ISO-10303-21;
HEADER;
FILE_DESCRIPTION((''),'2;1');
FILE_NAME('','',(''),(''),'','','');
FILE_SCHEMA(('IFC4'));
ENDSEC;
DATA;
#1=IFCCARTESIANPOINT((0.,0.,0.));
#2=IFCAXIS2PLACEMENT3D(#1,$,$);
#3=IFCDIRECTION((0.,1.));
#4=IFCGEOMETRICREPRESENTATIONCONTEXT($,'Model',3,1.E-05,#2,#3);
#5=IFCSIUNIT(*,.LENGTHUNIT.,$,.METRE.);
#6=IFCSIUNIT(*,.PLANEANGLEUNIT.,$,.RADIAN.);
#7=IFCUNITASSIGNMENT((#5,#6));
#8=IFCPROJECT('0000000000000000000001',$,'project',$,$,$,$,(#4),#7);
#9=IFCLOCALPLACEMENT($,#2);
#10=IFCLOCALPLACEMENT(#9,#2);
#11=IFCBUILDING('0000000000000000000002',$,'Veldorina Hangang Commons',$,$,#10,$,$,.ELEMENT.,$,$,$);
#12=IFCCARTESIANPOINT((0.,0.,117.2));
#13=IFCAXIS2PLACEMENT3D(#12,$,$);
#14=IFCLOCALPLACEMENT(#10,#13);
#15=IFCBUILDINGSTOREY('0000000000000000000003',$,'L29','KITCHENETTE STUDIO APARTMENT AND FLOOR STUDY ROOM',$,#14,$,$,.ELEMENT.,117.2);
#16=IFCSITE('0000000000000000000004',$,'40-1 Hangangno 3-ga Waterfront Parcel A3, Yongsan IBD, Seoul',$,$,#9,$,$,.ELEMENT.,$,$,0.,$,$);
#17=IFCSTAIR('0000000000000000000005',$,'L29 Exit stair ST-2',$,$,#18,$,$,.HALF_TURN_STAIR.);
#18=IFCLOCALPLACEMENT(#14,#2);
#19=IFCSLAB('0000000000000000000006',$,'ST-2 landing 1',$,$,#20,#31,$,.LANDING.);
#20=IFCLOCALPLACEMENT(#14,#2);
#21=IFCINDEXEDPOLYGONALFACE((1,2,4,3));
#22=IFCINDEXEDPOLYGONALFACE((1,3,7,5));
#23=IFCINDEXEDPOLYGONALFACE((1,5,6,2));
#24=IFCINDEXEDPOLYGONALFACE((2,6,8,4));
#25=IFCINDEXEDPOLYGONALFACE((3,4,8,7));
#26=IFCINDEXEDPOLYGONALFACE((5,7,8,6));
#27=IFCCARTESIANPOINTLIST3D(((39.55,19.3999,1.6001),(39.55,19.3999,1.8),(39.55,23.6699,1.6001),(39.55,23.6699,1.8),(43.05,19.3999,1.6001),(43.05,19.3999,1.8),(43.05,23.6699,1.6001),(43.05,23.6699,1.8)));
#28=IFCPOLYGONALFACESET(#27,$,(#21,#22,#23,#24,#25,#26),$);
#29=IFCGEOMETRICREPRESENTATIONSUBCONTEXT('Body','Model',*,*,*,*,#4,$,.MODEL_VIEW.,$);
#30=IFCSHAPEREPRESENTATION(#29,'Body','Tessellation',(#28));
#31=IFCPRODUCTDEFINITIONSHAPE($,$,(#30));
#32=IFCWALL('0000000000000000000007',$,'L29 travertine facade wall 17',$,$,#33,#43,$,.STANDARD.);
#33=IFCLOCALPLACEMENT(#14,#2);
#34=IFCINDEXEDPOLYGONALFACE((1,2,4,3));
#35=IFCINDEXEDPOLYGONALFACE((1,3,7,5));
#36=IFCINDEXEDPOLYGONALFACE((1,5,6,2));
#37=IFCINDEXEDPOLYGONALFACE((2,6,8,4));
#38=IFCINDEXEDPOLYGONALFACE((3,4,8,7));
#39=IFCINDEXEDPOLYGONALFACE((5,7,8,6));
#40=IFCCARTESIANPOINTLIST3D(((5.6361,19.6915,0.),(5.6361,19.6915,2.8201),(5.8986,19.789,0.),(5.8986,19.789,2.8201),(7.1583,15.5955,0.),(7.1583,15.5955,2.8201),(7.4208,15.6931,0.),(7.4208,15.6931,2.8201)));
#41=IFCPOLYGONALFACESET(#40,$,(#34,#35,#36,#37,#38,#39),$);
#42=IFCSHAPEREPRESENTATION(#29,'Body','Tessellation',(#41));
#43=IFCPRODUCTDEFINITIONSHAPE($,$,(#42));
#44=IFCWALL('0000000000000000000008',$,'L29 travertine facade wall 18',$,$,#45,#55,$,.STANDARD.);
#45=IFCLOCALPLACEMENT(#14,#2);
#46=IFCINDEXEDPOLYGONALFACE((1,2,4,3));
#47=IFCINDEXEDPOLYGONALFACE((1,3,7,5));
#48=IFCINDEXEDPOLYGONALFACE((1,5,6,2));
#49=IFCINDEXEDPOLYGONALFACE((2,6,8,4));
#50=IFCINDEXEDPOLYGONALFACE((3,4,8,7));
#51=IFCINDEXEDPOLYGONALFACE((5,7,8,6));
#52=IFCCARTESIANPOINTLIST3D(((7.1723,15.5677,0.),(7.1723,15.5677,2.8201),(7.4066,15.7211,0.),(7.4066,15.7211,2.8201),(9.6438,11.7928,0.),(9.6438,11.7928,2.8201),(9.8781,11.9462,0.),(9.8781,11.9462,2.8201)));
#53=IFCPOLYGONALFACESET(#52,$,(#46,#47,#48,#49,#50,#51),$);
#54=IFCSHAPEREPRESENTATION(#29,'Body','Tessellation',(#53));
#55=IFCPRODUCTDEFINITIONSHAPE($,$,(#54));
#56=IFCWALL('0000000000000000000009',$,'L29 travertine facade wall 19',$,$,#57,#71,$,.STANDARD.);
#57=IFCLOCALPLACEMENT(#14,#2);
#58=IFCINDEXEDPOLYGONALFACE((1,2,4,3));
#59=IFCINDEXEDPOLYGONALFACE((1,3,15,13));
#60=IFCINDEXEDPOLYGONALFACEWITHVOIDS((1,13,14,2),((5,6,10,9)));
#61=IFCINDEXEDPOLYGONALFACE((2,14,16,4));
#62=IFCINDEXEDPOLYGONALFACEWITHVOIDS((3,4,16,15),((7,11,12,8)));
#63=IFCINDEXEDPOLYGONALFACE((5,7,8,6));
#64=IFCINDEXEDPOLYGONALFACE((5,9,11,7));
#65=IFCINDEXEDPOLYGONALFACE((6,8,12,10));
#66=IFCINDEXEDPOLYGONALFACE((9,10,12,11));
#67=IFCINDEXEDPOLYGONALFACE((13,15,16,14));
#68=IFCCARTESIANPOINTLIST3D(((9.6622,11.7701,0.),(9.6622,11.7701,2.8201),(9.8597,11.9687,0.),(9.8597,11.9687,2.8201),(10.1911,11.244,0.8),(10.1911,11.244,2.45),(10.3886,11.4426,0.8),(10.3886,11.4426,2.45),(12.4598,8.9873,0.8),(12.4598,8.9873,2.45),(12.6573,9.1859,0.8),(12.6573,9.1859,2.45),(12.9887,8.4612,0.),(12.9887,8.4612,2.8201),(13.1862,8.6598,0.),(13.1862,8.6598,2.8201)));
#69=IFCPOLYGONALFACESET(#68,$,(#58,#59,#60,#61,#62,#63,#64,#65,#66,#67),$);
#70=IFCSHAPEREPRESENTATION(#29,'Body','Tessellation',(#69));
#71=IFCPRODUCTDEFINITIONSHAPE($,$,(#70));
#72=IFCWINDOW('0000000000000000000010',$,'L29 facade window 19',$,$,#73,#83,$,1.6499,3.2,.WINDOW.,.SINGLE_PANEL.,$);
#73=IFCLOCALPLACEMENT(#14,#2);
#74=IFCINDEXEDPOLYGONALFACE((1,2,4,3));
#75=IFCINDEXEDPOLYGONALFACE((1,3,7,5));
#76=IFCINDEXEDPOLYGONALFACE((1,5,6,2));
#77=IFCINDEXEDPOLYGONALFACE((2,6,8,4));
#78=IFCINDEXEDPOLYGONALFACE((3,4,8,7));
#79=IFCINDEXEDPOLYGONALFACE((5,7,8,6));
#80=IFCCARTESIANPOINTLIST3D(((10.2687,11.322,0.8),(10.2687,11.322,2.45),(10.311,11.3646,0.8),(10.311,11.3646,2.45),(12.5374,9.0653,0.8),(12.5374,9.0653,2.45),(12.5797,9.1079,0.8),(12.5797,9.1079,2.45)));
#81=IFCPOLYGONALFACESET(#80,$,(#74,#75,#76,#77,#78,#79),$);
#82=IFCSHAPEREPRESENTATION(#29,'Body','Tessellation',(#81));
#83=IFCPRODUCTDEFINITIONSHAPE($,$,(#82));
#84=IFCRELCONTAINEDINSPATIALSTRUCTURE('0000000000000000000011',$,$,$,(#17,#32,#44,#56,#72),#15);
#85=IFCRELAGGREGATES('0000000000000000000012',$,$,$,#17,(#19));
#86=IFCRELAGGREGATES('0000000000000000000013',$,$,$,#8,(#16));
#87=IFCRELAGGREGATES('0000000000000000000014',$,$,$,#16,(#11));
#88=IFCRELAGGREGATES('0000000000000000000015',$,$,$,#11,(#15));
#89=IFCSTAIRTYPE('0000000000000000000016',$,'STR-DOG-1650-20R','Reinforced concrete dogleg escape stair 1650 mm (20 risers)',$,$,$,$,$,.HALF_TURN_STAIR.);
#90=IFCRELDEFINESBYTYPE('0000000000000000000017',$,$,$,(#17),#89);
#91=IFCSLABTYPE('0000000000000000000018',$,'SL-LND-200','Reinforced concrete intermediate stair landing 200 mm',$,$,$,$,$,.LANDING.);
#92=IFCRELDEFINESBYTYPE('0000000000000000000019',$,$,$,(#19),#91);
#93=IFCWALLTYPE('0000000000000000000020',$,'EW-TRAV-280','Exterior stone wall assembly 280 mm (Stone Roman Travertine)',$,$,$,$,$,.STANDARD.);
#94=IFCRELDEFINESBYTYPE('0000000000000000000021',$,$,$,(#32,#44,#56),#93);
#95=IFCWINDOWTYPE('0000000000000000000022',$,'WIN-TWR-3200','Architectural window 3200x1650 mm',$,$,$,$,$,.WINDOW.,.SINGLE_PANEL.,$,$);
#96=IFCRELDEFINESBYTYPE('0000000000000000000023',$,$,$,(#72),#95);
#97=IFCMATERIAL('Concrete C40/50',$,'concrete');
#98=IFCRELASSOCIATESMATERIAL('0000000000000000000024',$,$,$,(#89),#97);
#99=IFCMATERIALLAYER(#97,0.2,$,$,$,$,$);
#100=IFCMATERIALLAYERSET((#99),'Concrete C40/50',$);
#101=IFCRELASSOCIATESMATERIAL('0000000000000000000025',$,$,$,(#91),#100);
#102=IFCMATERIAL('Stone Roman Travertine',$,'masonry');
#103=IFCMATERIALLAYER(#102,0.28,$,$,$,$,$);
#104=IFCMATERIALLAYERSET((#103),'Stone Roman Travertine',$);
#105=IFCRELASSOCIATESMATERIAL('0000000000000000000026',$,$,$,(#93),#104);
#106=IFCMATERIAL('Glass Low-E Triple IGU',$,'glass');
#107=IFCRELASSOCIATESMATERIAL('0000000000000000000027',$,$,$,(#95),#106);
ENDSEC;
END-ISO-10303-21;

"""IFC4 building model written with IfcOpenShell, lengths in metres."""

from ifc_helpers import new_model, si_unit, direction, frame, frame_2d, origin, place, context, subcontext, project, spatial, polyline, rectangle, outline, extrude, material, layer, layer_set, type_object, element, fill, aggregate, save


model = new_model("IFC4")

# Units and contexts
model_context = context("Model", 3, precision=1e-05, world=origin(), true_north=direction((0.0, 1.0)))
body_context = subcontext(model_context, "Body", "Model", "MODEL_VIEW")
ifc_project = project(units=[si_unit("LENGTHUNIT", "METRE"), si_unit("PLANEANGLEUNIT", "RADIAN")], contexts=[model_context])

# Site, building, storey
site_placement = place(None, origin())
site = spatial("IfcSite", under=ifc_project, at=site_placement, Name="40-1 Hangangno 3-ga Waterfront Parcel A3, Yongsan IBD, Seoul", CompositionType="ELEMENT", RefElevation=0.0)
building_placement = place(site_placement, origin())
building = spatial("IfcBuilding", under=site, at=building_placement, Name="Veldorina Hangang Commons", CompositionType="ELEMENT")
storey_placement = place(building_placement, frame((0.0, 0.0, 117.2)))
storey = spatial("IfcBuildingStorey", under=building, at=storey_placement, Name="L29", Description="KITCHENETTE STUDIO APARTMENT AND FLOOR STUDY ROOM", CompositionType="ELEMENT", Elevation=117.2)

# Shared definitions
ifc_material_1 = material(Name="Concrete C40/50", Category="concrete")

# Stair, slab
stair_type = type_object("IfcStairType", Name="STR-DOG-1650-20R", Description="Reinforced concrete dogleg escape stair 1650 mm (20 risers)", PredefinedType="HALF_TURN_STAIR", material=ifc_material_1)
ifc_layer_1 = layer(ifc_material_1, 0.2)
ifc_layer_set_1 = layer_set([ifc_layer_1], Name="Concrete C40/50")
slab_type_1 = type_object("IfcSlabType", Name="SL-LND-200", Description="Reinforced concrete intermediate stair landing 200 mm", PredefinedType="LANDING", material=ifc_layer_set_1)
stair_1_placement = place(storey_placement, origin())
stair_1 = element("IfcStair", 1, at=stair_1_placement, inside=storey, type_object=stair_type, Name="L29 Exit stair ST-2", PredefinedType="HALF_TURN_STAIR")
slab_1_placement = place(storey_placement, frame((0.0, 0.0, 1.6001)))
slab_1 = element("IfcSlab", 2, at=slab_1_placement, type_object=slab_type_1, Name="ST-2 landing 1", PredefinedType="LANDING", context=body_context, shape_type="SweptSolid", body=[
    extrude(outline(polyline([(39.55, 23.6699), (39.55, 19.3999), (43.05, 19.3999), (43.05, 23.6699), (39.55, 23.6699)])), origin(), (0.0, 0.0, 1.0), 0.2),
])
aggregate(stair_1, [slab_1])

# Walls
ifc_material_2 = material(Name="Stone Roman Travertine", Category="masonry")
ifc_layer_2 = layer(ifc_material_2, 0.28)
ifc_layer_set_2 = layer_set([ifc_layer_2], Name="Stone Roman Travertine")
wall_type = type_object("IfcWallType", Name="EW-TRAV-280", Description="Exterior stone wall assembly 280 mm (Stone Roman Travertine)", PredefinedType="STANDARD", material=ifc_layer_set_2)
wall_1_placement = place(storey_placement, frame((5.7673, 19.7402, 0.0), z_axis=(0.0, 0.0, 1.0), x_axis=(0.34836, -0.937361, 0.0)))
element("IfcWall", 3, at=wall_1_placement, inside=storey, type_object=wall_type, Name="L29 travertine facade wall 17", PredefinedType="STANDARD", context=body_context, shape_type="SweptSolid", body=[
    extrude(rectangle(XDim=4.3696, YDim=0.28, at=frame_2d((2.1848, 0.0))), origin(), (0.0, 0.0, 1.0), 2.8201),
])
wall_2_placement = place(storey_placement, frame((7.2896, 15.6443, 0.0), z_axis=(0.0, 0.0, 1.0), x_axis=(0.547751, -0.836642, 0.0)))
element("IfcWall", 4, at=wall_2_placement, inside=storey, type_object=wall_type, Name="L29 travertine facade wall 18", PredefinedType="STANDARD", context=body_context, shape_type="SweptSolid", body=[
    extrude(rectangle(XDim=4.512, YDim=0.28, at=frame_2d((2.2559, 0.0))), origin(), (0.0, 0.0, 1.0), 2.8201),
])

# Wall, opening, window
wall_3_placement = place(storey_placement, frame((9.761, 11.8694, 0.0), z_axis=(0.0, 0.0, 1.0), x_axis=(0.708978, -0.705231, 0.0)))
wall_3 = element("IfcWall", 5, at=wall_3_placement, inside=storey, type_object=wall_type, Name="L29 travertine facade wall 19", PredefinedType="STANDARD", context=body_context, shape_type="SweptSolid", body=[
    extrude(rectangle(XDim=4.6919, YDim=0.28, at=frame_2d((2.3459, 0.0))), origin(), (0.0, 0.0, 1.0), 2.8201),
])
opening_placement = place(wall_3_placement, frame((0.7458, 0.0, 0.8)))
opening = element("IfcOpeningElement", 6, at=opening_placement, cuts=wall_3, PredefinedType="OPENING", context=body_context, shape_type="SweptSolid", body=[
    extrude(rectangle(XDim=3.2, YDim=1.6499, at=frame_2d((1.6001, 0.825))), frame((0.0, 0.1499, 0.0), z_axis=(0.0, -1.0, 0.0), x_axis=(1.0, 0.0, 0.0)), (0.0, 0.0, 1.0), 0.3),
])
ifc_material_3 = material(Name="Glass Low-E Triple IGU", Category="glass")
window_type = type_object("IfcWindowType", Name="WIN-TWR-3200", Description="Architectural window 3200x1650 mm", PartitioningType="SINGLE_PANEL", PredefinedType="WINDOW", material=ifc_material_3)
window_placement = place(opening_placement, origin())
window = element("IfcWindow", 7, at=window_placement, inside=storey, type_object=window_type, Name="L29 facade window 19", OverallHeight=1.6499, OverallWidth=3.2, PartitioningType="SINGLE_PANEL", PredefinedType="WINDOW", context=body_context, shape_type="SweptSolid", body=[
    extrude(rectangle(XDim=3.2, YDim=1.6499, at=frame_2d((1.6001, 0.825))), frame((0.0, 0.03, 0.0), z_axis=(0.0, -1.0, 0.0), x_axis=(1.0, 0.0, 0.0)), (0.0, 0.0, 1.0), 0.0601),
])
fill(opening, window)

save(model, "model.ifc")
